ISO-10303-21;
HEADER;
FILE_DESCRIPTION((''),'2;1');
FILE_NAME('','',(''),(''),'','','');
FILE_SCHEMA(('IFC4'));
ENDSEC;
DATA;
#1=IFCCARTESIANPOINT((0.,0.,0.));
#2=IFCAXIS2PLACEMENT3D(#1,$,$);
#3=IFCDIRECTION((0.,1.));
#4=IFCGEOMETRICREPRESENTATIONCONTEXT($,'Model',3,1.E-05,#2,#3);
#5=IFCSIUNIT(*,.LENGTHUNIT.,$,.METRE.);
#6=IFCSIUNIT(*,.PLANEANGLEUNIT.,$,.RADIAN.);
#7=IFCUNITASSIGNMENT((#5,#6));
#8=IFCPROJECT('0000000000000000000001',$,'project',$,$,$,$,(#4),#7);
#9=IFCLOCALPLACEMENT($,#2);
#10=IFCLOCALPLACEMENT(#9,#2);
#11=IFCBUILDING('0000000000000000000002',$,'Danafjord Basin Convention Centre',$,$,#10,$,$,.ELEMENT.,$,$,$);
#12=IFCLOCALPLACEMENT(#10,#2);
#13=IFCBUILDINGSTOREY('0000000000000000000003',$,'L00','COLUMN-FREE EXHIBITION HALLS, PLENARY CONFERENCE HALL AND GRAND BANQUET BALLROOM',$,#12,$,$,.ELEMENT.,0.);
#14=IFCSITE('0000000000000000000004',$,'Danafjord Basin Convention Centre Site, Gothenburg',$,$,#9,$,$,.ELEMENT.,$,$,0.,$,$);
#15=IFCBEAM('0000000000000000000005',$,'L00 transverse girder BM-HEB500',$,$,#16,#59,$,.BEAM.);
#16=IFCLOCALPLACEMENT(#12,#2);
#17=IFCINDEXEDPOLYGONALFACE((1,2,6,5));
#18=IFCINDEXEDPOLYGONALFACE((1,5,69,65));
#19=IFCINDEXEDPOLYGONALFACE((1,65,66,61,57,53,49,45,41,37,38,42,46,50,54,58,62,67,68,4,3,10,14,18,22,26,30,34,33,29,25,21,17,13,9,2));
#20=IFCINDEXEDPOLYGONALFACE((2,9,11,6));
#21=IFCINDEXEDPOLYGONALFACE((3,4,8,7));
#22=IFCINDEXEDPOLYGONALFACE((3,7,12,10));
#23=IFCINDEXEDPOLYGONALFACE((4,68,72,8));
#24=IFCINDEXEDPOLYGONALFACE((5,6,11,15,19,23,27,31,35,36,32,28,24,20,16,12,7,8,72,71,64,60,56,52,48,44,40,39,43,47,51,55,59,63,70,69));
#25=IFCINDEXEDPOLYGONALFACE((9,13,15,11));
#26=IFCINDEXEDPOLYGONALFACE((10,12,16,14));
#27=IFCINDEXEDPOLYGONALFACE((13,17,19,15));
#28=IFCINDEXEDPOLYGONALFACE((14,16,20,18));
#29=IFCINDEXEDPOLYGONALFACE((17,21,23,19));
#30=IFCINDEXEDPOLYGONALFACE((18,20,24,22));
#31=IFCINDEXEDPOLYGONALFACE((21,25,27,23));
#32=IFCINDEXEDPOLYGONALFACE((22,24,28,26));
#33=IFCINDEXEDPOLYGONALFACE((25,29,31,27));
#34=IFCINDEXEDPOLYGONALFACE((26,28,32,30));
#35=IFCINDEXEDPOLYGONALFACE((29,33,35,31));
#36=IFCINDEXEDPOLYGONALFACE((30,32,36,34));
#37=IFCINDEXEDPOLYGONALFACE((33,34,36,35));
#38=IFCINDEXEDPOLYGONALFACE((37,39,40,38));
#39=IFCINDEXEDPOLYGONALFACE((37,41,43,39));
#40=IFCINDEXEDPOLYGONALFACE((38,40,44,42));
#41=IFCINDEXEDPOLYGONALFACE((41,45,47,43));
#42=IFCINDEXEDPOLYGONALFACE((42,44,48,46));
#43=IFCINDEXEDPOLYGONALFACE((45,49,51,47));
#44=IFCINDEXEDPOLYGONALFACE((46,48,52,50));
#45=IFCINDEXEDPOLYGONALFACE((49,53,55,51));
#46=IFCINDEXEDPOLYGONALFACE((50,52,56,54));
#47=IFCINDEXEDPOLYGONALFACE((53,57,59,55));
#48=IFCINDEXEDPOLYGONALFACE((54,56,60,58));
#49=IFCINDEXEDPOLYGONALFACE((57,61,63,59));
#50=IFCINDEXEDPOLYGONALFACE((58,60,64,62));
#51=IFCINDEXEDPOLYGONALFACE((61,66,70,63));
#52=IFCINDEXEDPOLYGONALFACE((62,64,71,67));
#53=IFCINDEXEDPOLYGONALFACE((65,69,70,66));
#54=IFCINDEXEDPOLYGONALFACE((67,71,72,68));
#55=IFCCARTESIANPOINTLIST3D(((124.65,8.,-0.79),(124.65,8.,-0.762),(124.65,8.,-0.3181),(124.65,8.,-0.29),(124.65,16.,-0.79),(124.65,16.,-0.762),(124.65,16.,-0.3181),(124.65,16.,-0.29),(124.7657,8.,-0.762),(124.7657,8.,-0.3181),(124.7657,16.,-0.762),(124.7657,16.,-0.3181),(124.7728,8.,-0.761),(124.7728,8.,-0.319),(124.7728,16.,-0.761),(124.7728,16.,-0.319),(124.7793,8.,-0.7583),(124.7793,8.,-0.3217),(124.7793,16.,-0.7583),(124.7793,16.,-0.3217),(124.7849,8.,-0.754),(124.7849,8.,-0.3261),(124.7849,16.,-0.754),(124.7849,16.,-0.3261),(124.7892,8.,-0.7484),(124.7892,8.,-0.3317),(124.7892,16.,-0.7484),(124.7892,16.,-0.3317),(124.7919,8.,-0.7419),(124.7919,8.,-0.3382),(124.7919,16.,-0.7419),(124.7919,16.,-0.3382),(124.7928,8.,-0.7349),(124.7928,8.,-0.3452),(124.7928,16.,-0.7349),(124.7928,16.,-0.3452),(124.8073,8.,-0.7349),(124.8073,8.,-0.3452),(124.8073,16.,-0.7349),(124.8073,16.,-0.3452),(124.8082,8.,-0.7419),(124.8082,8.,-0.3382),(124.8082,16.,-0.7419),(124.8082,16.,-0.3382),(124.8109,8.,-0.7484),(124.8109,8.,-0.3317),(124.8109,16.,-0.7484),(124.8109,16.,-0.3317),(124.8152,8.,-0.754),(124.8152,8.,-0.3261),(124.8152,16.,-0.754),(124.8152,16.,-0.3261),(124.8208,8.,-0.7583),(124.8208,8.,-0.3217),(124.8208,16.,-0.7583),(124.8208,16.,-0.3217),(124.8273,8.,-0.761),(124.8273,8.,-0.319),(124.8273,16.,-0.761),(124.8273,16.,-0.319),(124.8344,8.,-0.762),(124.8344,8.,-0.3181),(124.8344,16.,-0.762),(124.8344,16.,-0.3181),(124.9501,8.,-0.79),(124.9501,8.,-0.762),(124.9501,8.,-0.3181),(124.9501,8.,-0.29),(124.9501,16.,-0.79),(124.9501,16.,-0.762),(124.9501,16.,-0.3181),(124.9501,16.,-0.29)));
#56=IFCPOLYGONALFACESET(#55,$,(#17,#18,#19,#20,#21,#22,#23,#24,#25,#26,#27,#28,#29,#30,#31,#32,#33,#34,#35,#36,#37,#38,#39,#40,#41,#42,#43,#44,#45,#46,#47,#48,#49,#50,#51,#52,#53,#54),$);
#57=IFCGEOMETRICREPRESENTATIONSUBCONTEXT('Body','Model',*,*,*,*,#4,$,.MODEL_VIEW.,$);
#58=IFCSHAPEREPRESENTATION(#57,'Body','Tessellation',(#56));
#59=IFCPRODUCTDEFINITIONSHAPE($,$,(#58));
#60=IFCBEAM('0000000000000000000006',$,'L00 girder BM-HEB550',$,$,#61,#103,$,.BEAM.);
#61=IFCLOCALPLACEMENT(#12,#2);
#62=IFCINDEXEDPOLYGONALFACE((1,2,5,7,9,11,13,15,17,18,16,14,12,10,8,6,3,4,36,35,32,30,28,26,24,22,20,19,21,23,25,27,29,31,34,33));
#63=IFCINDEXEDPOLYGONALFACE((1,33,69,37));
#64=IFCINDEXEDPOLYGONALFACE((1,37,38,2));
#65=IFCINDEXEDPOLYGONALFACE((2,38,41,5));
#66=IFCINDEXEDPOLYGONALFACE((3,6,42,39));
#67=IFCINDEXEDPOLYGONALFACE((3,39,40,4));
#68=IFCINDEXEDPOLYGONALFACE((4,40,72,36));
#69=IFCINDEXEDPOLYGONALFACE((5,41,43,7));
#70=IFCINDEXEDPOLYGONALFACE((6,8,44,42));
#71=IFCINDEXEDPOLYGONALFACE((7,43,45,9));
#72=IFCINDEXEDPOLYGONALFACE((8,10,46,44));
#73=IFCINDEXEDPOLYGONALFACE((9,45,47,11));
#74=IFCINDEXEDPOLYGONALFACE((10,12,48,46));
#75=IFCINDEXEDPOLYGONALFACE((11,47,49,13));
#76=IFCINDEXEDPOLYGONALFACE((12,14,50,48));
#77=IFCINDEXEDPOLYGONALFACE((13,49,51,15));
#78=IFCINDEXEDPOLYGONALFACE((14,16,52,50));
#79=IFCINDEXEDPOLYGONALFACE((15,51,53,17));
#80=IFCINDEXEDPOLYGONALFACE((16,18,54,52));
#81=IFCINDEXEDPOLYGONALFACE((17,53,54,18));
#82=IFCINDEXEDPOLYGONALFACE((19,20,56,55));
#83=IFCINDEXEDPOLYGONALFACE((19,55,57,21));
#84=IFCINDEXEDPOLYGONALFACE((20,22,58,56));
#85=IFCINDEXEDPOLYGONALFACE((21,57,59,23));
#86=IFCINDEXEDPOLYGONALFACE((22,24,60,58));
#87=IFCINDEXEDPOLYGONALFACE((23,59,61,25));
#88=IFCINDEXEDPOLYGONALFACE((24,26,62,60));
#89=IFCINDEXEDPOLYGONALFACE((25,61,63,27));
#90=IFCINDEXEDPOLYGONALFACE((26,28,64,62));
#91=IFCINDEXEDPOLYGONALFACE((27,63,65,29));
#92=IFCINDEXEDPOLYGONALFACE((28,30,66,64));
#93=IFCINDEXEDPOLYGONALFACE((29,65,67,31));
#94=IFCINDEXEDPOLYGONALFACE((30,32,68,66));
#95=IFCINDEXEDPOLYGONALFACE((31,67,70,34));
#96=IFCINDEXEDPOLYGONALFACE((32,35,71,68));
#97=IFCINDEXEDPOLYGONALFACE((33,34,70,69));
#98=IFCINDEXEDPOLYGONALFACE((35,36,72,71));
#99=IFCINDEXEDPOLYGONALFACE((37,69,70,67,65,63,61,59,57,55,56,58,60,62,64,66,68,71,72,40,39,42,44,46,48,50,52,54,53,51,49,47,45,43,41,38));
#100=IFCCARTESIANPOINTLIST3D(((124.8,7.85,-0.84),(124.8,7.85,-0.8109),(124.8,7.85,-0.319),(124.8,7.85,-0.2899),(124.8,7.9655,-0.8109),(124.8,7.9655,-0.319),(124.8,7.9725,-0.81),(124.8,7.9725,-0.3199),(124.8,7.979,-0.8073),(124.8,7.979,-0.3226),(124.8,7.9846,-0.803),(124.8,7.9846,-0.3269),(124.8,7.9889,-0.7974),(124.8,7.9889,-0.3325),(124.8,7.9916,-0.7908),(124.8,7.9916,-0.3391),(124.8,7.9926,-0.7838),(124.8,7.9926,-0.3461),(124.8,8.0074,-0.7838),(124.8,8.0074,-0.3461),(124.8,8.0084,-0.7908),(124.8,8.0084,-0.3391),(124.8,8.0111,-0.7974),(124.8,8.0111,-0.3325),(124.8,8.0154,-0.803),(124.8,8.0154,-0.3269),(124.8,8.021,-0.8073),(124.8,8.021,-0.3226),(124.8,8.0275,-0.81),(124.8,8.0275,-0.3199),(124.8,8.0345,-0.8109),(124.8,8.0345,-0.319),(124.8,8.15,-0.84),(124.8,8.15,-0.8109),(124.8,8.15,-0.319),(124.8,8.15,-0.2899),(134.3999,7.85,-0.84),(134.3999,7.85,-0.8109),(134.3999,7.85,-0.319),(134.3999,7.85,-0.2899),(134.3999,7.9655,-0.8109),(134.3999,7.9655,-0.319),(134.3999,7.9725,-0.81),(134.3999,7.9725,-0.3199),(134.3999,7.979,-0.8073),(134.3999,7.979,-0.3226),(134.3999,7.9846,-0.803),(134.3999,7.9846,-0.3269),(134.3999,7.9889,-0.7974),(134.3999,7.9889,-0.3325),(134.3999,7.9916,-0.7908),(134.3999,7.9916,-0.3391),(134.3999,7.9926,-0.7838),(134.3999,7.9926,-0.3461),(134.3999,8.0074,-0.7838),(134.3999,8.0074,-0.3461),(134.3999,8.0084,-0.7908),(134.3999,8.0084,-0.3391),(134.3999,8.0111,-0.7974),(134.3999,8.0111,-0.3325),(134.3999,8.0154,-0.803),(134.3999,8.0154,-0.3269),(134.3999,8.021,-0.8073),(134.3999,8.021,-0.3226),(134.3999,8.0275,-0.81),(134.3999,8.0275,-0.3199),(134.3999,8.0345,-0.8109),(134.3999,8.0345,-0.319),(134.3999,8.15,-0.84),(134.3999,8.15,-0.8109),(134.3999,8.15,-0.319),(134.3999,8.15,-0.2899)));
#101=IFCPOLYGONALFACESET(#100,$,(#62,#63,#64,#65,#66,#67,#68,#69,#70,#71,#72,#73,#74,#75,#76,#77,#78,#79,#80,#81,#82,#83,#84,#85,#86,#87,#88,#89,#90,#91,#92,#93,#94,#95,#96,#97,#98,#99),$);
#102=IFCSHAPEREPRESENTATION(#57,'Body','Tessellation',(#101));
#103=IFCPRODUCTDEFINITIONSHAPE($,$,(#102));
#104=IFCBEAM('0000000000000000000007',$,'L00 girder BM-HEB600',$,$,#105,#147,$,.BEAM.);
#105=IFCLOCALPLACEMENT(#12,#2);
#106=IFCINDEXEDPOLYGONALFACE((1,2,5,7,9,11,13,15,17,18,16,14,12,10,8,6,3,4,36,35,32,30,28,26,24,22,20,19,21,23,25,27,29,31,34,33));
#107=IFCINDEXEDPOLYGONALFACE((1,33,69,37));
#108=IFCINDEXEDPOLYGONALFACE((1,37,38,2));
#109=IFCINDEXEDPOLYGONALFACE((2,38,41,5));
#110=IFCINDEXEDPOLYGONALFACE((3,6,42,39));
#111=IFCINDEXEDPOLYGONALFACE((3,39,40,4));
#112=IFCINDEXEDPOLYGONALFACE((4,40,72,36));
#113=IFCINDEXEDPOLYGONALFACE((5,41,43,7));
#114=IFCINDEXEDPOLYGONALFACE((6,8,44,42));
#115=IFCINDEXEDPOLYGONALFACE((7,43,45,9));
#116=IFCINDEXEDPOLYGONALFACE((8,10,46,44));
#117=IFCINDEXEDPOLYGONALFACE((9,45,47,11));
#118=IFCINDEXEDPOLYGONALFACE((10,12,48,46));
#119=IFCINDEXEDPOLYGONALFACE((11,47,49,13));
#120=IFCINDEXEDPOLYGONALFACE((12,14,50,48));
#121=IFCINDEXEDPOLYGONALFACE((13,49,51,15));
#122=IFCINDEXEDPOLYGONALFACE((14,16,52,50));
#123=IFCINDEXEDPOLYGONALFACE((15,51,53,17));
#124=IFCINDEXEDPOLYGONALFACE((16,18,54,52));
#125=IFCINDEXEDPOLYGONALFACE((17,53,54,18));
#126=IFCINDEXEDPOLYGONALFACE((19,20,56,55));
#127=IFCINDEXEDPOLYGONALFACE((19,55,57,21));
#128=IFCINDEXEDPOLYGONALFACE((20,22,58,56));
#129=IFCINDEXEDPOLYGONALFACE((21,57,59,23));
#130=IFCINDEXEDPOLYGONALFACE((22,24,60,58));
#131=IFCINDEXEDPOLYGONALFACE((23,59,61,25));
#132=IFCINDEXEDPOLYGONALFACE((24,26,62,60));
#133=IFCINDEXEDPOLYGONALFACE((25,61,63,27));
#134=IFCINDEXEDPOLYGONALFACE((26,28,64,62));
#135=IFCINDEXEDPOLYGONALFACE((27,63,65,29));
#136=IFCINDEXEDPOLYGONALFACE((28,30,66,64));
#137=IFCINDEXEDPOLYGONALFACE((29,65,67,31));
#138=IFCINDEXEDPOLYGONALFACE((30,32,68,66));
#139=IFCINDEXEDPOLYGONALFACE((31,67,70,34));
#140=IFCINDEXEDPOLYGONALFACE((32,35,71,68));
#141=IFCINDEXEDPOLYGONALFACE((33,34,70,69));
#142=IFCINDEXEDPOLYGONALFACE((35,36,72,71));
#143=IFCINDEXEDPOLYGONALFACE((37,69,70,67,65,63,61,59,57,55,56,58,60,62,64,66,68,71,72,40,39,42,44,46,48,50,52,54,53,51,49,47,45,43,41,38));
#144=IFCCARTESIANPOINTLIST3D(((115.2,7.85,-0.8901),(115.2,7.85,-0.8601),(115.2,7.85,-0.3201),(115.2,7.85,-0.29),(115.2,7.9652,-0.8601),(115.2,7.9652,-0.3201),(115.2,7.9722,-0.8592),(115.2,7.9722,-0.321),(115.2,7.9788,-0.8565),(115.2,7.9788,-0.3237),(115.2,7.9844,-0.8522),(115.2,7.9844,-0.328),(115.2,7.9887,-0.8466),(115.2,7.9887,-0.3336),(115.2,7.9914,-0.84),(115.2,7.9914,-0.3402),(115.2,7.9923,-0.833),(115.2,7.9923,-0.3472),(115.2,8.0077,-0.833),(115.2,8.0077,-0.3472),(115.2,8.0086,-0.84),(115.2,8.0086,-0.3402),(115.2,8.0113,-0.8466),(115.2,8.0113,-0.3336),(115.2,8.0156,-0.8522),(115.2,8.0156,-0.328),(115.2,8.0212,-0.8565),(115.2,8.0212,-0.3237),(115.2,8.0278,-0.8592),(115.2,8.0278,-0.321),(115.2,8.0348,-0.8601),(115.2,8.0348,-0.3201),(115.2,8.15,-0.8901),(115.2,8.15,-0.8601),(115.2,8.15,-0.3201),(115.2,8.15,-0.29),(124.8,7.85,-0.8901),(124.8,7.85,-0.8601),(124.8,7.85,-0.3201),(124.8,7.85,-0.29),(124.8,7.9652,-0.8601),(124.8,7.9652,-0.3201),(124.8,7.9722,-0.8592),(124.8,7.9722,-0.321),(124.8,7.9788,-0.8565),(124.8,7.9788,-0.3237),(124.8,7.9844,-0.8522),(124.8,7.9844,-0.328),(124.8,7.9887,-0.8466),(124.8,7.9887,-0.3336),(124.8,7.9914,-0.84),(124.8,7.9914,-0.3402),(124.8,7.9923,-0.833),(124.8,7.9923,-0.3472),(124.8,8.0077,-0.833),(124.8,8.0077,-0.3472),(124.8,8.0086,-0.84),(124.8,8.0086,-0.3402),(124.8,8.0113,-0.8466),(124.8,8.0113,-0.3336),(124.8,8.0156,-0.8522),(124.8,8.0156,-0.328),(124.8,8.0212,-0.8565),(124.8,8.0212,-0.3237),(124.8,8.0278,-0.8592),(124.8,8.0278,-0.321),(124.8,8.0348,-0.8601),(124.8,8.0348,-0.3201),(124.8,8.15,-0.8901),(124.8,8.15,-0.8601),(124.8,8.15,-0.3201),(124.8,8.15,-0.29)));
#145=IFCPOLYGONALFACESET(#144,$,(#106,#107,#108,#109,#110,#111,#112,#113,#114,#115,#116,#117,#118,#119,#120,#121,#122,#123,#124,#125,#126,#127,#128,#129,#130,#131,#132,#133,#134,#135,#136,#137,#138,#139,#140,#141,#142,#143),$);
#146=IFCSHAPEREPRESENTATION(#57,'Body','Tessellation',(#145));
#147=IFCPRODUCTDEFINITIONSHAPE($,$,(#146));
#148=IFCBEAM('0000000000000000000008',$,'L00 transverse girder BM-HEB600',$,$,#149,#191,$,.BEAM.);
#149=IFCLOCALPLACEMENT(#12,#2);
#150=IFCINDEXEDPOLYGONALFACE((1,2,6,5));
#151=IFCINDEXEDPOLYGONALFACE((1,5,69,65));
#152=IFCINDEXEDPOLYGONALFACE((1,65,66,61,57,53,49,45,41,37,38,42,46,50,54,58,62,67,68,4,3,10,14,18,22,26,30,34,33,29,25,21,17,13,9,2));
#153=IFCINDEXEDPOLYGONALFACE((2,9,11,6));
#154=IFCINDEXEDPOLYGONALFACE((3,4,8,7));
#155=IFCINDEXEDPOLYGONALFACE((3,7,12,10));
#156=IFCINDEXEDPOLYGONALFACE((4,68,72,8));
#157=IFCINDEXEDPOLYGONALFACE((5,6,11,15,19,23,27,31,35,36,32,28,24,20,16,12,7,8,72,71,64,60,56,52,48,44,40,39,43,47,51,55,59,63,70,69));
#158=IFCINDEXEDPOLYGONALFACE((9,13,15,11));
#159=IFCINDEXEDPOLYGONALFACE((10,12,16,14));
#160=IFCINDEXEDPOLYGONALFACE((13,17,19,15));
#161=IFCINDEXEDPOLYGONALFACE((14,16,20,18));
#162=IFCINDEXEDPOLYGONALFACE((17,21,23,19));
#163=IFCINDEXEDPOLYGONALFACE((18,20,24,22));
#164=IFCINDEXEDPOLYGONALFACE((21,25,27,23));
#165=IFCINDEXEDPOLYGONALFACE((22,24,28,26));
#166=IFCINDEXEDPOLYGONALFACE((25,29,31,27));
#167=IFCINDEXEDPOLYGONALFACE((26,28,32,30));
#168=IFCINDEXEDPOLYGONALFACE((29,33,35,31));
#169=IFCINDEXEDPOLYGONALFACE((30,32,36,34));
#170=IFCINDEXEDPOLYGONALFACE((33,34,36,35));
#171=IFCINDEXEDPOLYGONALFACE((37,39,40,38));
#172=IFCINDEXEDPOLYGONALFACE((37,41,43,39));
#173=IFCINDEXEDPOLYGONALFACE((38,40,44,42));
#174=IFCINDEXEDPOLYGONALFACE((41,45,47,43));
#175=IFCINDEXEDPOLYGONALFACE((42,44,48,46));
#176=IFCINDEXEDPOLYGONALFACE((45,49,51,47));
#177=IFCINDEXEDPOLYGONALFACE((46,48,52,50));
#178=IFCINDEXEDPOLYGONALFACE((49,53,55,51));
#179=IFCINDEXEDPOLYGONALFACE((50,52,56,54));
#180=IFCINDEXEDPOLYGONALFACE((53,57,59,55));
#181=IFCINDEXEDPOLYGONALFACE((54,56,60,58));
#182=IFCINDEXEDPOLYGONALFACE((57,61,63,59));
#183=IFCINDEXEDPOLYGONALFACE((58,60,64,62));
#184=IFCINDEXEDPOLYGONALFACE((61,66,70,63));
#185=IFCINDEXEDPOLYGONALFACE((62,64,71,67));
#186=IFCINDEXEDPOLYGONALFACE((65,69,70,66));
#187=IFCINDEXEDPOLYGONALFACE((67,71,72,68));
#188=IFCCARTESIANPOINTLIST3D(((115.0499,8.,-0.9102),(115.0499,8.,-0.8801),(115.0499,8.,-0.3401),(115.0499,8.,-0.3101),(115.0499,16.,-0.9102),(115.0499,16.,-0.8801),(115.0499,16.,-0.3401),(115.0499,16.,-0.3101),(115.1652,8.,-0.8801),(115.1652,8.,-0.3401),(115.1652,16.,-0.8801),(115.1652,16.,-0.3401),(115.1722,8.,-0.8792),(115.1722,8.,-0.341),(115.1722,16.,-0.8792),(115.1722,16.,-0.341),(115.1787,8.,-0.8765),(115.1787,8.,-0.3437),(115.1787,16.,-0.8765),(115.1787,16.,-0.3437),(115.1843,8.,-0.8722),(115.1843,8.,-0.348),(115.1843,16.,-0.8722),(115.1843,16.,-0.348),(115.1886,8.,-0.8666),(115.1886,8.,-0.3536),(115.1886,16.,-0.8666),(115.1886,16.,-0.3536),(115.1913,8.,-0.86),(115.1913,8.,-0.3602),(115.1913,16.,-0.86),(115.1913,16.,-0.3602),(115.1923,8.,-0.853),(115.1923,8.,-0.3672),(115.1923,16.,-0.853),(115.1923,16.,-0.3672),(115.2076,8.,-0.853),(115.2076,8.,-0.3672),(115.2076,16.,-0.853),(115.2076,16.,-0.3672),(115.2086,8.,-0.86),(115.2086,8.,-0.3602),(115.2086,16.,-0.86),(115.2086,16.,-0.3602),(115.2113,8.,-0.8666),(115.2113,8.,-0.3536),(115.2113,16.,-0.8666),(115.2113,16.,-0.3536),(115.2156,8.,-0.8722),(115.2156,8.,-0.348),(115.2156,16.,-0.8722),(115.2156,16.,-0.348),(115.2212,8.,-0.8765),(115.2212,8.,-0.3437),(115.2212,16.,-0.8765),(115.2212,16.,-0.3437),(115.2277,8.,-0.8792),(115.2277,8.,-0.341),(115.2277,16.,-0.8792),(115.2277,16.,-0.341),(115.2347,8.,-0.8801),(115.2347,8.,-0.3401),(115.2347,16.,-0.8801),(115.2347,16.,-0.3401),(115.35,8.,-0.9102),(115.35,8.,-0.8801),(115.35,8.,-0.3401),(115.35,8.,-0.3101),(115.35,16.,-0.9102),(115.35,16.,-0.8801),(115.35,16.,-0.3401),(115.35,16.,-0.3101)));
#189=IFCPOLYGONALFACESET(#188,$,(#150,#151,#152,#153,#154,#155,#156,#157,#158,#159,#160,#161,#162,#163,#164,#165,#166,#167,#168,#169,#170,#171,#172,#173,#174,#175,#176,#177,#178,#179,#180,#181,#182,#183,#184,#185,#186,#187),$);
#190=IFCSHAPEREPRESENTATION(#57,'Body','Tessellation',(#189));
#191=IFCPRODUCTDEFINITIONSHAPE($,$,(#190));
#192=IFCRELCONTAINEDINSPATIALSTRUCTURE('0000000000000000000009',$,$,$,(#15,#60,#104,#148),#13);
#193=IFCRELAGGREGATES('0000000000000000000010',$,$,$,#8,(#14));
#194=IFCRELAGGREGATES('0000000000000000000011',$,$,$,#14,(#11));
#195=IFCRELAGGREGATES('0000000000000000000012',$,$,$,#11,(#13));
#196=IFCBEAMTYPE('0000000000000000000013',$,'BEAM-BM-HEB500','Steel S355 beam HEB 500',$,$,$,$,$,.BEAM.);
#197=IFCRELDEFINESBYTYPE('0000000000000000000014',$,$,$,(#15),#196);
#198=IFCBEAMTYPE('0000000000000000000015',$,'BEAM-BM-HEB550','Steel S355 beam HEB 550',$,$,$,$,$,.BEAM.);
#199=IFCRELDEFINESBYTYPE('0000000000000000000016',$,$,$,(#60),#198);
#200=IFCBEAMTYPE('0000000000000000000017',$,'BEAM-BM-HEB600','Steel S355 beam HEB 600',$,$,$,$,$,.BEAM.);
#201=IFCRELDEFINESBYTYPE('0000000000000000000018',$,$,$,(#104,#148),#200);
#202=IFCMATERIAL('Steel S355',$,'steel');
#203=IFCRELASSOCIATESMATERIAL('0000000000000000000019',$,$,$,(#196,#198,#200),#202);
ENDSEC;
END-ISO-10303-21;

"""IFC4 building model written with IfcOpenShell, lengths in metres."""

from ifc_helpers import new_model, si_unit, direction, frame, origin, origin_2d, place, context, subcontext, project, spatial, i_section, extrude, material, material_profile, profile_set, type_object, element, save


model = new_model("IFC4")

# Units and contexts
model_context = context("Model", 3, precision=1e-05, world=origin(), true_north=direction((0.0, 1.0)))
body_context = subcontext(model_context, "Body", "Model", "MODEL_VIEW")
ifc_project = project(units=[si_unit("LENGTHUNIT", "METRE"), si_unit("PLANEANGLEUNIT", "RADIAN")], contexts=[model_context])

# Site, building, storey
site_placement = place(None, origin())
site = spatial("IfcSite", under=ifc_project, at=site_placement, Name="Danafjord Basin Convention Centre Site, Gothenburg", CompositionType="ELEMENT", RefElevation=0.0)
building_placement = place(site_placement, origin())
building = spatial("IfcBuilding", under=site, at=building_placement, Name="Danafjord Basin Convention Centre", CompositionType="ELEMENT")
storey_placement = place(building_placement, origin())
storey = spatial("IfcBuildingStorey", under=building, at=storey_placement, Name="L00", Description="COLUMN-FREE EXHIBITION HALLS, PLENARY CONFERENCE HALL AND GRAND BANQUET BALLROOM", CompositionType="ELEMENT", Elevation=0.0)

# Shared definitions
ifc_material_1 = material(Name="Steel S355", Category="steel")

# Beams
ifc_material_profile_1 = material_profile(ifc_material_1, i_section(OverallWidth=0.3, OverallDepth=0.5, WebThickness=0.0144, FlangeThickness=0.0281, FilletRadius=0.0271, at=origin_2d()), Name="HEB 500")
ifc_profile_set_1 = profile_set([ifc_material_profile_1], Name="Steel S355")
beam_type_1 = type_object("IfcBeamType", Name="BEAM-BM-HEB500", Description="Steel S355 beam HEB 500", PredefinedType="BEAM", material=ifc_profile_set_1)
beam_1_placement = place(storey_placement, frame((124.8, 8.0, -0.54), z_axis=(0.0, 1.0, 0.0), x_axis=(-1.0, 0.0, 0.0)))
element("IfcBeam", 1, at=beam_1_placement, inside=storey, type_object=beam_type_1, Name="L00 transverse girder BM-HEB500", PredefinedType="BEAM", context=body_context, shape_type="SweptSolid", body=[
    extrude(i_section(OverallWidth=0.3, OverallDepth=0.5, WebThickness=0.0144, FlangeThickness=0.0281, FilletRadius=0.0271, at=origin_2d()), origin(), (0.0, 0.0, 1.0), 8.0),
])
ifc_material_profile_2 = material_profile(ifc_material_1, i_section(OverallWidth=0.3, OverallDepth=0.55, WebThickness=0.0149, FlangeThickness=0.0291, FilletRadius=0.0271, at=origin_2d()), Name="HEB 550")
ifc_profile_set_2 = profile_set([ifc_material_profile_2], Name="Steel S355")
beam_type_2 = type_object("IfcBeamType", Name="BEAM-BM-HEB550", Description="Steel S355 beam HEB 550", PredefinedType="BEAM", material=ifc_profile_set_2)
beam_2_placement = place(storey_placement, frame((124.8, 8.0, -0.5649), z_axis=(1.0, 0.0, 0.0), x_axis=(0.0, 1.0, 0.0)))
element("IfcBeam", 2, at=beam_2_placement, inside=storey, type_object=beam_type_2, Name="L00 girder BM-HEB550", PredefinedType="BEAM", context=body_context, shape_type="SweptSolid", body=[
    extrude(i_section(OverallWidth=0.3, OverallDepth=0.55, WebThickness=0.0149, FlangeThickness=0.0291, FilletRadius=0.0271, at=origin_2d()), origin(), (0.0, 0.0, 1.0), 9.5999),
])
ifc_material_profile_3 = material_profile(ifc_material_1, i_section(OverallWidth=0.3, OverallDepth=0.6001, WebThickness=0.0154, FlangeThickness=0.03, FilletRadius=0.0271, at=origin_2d()), Name="HEB 600")
ifc_profile_set_3 = profile_set([ifc_material_profile_3], Name="Steel S355")
beam_type_3 = type_object("IfcBeamType", Name="BEAM-BM-HEB600", Description="Steel S355 beam HEB 600", PredefinedType="BEAM", material=ifc_profile_set_3)
beam_3_placement = place(storey_placement, frame((115.2, 8.0, -0.5901), z_axis=(1.0, 0.0, 0.0), x_axis=(0.0, 1.0, 0.0)))
element("IfcBeam", 3, at=beam_3_placement, inside=storey, type_object=beam_type_3, Name="L00 girder BM-HEB600", PredefinedType="BEAM", context=body_context, shape_type="SweptSolid", body=[
    extrude(i_section(OverallWidth=0.3, OverallDepth=0.6001, WebThickness=0.0154, FlangeThickness=0.03, FilletRadius=0.0271, at=origin_2d()), origin(), (0.0, 0.0, 1.0), 9.6001),
])
beam_4_placement = place(storey_placement, frame((115.2, 8.0, -0.6101), z_axis=(0.0, 1.0, 0.0), x_axis=(-1.0, 0.0, 0.0)))
element("IfcBeam", 4, at=beam_4_placement, inside=storey, type_object=beam_type_3, Name="L00 transverse girder BM-HEB600", PredefinedType="BEAM", context=body_context, shape_type="SweptSolid", body=[
    extrude(i_section(OverallWidth=0.3, OverallDepth=0.6001, WebThickness=0.0154, FlangeThickness=0.03, FilletRadius=0.0271, at=origin_2d()), origin(), (0.0, 0.0, 1.0), 8.0),
])

save(model, "model.ifc")
